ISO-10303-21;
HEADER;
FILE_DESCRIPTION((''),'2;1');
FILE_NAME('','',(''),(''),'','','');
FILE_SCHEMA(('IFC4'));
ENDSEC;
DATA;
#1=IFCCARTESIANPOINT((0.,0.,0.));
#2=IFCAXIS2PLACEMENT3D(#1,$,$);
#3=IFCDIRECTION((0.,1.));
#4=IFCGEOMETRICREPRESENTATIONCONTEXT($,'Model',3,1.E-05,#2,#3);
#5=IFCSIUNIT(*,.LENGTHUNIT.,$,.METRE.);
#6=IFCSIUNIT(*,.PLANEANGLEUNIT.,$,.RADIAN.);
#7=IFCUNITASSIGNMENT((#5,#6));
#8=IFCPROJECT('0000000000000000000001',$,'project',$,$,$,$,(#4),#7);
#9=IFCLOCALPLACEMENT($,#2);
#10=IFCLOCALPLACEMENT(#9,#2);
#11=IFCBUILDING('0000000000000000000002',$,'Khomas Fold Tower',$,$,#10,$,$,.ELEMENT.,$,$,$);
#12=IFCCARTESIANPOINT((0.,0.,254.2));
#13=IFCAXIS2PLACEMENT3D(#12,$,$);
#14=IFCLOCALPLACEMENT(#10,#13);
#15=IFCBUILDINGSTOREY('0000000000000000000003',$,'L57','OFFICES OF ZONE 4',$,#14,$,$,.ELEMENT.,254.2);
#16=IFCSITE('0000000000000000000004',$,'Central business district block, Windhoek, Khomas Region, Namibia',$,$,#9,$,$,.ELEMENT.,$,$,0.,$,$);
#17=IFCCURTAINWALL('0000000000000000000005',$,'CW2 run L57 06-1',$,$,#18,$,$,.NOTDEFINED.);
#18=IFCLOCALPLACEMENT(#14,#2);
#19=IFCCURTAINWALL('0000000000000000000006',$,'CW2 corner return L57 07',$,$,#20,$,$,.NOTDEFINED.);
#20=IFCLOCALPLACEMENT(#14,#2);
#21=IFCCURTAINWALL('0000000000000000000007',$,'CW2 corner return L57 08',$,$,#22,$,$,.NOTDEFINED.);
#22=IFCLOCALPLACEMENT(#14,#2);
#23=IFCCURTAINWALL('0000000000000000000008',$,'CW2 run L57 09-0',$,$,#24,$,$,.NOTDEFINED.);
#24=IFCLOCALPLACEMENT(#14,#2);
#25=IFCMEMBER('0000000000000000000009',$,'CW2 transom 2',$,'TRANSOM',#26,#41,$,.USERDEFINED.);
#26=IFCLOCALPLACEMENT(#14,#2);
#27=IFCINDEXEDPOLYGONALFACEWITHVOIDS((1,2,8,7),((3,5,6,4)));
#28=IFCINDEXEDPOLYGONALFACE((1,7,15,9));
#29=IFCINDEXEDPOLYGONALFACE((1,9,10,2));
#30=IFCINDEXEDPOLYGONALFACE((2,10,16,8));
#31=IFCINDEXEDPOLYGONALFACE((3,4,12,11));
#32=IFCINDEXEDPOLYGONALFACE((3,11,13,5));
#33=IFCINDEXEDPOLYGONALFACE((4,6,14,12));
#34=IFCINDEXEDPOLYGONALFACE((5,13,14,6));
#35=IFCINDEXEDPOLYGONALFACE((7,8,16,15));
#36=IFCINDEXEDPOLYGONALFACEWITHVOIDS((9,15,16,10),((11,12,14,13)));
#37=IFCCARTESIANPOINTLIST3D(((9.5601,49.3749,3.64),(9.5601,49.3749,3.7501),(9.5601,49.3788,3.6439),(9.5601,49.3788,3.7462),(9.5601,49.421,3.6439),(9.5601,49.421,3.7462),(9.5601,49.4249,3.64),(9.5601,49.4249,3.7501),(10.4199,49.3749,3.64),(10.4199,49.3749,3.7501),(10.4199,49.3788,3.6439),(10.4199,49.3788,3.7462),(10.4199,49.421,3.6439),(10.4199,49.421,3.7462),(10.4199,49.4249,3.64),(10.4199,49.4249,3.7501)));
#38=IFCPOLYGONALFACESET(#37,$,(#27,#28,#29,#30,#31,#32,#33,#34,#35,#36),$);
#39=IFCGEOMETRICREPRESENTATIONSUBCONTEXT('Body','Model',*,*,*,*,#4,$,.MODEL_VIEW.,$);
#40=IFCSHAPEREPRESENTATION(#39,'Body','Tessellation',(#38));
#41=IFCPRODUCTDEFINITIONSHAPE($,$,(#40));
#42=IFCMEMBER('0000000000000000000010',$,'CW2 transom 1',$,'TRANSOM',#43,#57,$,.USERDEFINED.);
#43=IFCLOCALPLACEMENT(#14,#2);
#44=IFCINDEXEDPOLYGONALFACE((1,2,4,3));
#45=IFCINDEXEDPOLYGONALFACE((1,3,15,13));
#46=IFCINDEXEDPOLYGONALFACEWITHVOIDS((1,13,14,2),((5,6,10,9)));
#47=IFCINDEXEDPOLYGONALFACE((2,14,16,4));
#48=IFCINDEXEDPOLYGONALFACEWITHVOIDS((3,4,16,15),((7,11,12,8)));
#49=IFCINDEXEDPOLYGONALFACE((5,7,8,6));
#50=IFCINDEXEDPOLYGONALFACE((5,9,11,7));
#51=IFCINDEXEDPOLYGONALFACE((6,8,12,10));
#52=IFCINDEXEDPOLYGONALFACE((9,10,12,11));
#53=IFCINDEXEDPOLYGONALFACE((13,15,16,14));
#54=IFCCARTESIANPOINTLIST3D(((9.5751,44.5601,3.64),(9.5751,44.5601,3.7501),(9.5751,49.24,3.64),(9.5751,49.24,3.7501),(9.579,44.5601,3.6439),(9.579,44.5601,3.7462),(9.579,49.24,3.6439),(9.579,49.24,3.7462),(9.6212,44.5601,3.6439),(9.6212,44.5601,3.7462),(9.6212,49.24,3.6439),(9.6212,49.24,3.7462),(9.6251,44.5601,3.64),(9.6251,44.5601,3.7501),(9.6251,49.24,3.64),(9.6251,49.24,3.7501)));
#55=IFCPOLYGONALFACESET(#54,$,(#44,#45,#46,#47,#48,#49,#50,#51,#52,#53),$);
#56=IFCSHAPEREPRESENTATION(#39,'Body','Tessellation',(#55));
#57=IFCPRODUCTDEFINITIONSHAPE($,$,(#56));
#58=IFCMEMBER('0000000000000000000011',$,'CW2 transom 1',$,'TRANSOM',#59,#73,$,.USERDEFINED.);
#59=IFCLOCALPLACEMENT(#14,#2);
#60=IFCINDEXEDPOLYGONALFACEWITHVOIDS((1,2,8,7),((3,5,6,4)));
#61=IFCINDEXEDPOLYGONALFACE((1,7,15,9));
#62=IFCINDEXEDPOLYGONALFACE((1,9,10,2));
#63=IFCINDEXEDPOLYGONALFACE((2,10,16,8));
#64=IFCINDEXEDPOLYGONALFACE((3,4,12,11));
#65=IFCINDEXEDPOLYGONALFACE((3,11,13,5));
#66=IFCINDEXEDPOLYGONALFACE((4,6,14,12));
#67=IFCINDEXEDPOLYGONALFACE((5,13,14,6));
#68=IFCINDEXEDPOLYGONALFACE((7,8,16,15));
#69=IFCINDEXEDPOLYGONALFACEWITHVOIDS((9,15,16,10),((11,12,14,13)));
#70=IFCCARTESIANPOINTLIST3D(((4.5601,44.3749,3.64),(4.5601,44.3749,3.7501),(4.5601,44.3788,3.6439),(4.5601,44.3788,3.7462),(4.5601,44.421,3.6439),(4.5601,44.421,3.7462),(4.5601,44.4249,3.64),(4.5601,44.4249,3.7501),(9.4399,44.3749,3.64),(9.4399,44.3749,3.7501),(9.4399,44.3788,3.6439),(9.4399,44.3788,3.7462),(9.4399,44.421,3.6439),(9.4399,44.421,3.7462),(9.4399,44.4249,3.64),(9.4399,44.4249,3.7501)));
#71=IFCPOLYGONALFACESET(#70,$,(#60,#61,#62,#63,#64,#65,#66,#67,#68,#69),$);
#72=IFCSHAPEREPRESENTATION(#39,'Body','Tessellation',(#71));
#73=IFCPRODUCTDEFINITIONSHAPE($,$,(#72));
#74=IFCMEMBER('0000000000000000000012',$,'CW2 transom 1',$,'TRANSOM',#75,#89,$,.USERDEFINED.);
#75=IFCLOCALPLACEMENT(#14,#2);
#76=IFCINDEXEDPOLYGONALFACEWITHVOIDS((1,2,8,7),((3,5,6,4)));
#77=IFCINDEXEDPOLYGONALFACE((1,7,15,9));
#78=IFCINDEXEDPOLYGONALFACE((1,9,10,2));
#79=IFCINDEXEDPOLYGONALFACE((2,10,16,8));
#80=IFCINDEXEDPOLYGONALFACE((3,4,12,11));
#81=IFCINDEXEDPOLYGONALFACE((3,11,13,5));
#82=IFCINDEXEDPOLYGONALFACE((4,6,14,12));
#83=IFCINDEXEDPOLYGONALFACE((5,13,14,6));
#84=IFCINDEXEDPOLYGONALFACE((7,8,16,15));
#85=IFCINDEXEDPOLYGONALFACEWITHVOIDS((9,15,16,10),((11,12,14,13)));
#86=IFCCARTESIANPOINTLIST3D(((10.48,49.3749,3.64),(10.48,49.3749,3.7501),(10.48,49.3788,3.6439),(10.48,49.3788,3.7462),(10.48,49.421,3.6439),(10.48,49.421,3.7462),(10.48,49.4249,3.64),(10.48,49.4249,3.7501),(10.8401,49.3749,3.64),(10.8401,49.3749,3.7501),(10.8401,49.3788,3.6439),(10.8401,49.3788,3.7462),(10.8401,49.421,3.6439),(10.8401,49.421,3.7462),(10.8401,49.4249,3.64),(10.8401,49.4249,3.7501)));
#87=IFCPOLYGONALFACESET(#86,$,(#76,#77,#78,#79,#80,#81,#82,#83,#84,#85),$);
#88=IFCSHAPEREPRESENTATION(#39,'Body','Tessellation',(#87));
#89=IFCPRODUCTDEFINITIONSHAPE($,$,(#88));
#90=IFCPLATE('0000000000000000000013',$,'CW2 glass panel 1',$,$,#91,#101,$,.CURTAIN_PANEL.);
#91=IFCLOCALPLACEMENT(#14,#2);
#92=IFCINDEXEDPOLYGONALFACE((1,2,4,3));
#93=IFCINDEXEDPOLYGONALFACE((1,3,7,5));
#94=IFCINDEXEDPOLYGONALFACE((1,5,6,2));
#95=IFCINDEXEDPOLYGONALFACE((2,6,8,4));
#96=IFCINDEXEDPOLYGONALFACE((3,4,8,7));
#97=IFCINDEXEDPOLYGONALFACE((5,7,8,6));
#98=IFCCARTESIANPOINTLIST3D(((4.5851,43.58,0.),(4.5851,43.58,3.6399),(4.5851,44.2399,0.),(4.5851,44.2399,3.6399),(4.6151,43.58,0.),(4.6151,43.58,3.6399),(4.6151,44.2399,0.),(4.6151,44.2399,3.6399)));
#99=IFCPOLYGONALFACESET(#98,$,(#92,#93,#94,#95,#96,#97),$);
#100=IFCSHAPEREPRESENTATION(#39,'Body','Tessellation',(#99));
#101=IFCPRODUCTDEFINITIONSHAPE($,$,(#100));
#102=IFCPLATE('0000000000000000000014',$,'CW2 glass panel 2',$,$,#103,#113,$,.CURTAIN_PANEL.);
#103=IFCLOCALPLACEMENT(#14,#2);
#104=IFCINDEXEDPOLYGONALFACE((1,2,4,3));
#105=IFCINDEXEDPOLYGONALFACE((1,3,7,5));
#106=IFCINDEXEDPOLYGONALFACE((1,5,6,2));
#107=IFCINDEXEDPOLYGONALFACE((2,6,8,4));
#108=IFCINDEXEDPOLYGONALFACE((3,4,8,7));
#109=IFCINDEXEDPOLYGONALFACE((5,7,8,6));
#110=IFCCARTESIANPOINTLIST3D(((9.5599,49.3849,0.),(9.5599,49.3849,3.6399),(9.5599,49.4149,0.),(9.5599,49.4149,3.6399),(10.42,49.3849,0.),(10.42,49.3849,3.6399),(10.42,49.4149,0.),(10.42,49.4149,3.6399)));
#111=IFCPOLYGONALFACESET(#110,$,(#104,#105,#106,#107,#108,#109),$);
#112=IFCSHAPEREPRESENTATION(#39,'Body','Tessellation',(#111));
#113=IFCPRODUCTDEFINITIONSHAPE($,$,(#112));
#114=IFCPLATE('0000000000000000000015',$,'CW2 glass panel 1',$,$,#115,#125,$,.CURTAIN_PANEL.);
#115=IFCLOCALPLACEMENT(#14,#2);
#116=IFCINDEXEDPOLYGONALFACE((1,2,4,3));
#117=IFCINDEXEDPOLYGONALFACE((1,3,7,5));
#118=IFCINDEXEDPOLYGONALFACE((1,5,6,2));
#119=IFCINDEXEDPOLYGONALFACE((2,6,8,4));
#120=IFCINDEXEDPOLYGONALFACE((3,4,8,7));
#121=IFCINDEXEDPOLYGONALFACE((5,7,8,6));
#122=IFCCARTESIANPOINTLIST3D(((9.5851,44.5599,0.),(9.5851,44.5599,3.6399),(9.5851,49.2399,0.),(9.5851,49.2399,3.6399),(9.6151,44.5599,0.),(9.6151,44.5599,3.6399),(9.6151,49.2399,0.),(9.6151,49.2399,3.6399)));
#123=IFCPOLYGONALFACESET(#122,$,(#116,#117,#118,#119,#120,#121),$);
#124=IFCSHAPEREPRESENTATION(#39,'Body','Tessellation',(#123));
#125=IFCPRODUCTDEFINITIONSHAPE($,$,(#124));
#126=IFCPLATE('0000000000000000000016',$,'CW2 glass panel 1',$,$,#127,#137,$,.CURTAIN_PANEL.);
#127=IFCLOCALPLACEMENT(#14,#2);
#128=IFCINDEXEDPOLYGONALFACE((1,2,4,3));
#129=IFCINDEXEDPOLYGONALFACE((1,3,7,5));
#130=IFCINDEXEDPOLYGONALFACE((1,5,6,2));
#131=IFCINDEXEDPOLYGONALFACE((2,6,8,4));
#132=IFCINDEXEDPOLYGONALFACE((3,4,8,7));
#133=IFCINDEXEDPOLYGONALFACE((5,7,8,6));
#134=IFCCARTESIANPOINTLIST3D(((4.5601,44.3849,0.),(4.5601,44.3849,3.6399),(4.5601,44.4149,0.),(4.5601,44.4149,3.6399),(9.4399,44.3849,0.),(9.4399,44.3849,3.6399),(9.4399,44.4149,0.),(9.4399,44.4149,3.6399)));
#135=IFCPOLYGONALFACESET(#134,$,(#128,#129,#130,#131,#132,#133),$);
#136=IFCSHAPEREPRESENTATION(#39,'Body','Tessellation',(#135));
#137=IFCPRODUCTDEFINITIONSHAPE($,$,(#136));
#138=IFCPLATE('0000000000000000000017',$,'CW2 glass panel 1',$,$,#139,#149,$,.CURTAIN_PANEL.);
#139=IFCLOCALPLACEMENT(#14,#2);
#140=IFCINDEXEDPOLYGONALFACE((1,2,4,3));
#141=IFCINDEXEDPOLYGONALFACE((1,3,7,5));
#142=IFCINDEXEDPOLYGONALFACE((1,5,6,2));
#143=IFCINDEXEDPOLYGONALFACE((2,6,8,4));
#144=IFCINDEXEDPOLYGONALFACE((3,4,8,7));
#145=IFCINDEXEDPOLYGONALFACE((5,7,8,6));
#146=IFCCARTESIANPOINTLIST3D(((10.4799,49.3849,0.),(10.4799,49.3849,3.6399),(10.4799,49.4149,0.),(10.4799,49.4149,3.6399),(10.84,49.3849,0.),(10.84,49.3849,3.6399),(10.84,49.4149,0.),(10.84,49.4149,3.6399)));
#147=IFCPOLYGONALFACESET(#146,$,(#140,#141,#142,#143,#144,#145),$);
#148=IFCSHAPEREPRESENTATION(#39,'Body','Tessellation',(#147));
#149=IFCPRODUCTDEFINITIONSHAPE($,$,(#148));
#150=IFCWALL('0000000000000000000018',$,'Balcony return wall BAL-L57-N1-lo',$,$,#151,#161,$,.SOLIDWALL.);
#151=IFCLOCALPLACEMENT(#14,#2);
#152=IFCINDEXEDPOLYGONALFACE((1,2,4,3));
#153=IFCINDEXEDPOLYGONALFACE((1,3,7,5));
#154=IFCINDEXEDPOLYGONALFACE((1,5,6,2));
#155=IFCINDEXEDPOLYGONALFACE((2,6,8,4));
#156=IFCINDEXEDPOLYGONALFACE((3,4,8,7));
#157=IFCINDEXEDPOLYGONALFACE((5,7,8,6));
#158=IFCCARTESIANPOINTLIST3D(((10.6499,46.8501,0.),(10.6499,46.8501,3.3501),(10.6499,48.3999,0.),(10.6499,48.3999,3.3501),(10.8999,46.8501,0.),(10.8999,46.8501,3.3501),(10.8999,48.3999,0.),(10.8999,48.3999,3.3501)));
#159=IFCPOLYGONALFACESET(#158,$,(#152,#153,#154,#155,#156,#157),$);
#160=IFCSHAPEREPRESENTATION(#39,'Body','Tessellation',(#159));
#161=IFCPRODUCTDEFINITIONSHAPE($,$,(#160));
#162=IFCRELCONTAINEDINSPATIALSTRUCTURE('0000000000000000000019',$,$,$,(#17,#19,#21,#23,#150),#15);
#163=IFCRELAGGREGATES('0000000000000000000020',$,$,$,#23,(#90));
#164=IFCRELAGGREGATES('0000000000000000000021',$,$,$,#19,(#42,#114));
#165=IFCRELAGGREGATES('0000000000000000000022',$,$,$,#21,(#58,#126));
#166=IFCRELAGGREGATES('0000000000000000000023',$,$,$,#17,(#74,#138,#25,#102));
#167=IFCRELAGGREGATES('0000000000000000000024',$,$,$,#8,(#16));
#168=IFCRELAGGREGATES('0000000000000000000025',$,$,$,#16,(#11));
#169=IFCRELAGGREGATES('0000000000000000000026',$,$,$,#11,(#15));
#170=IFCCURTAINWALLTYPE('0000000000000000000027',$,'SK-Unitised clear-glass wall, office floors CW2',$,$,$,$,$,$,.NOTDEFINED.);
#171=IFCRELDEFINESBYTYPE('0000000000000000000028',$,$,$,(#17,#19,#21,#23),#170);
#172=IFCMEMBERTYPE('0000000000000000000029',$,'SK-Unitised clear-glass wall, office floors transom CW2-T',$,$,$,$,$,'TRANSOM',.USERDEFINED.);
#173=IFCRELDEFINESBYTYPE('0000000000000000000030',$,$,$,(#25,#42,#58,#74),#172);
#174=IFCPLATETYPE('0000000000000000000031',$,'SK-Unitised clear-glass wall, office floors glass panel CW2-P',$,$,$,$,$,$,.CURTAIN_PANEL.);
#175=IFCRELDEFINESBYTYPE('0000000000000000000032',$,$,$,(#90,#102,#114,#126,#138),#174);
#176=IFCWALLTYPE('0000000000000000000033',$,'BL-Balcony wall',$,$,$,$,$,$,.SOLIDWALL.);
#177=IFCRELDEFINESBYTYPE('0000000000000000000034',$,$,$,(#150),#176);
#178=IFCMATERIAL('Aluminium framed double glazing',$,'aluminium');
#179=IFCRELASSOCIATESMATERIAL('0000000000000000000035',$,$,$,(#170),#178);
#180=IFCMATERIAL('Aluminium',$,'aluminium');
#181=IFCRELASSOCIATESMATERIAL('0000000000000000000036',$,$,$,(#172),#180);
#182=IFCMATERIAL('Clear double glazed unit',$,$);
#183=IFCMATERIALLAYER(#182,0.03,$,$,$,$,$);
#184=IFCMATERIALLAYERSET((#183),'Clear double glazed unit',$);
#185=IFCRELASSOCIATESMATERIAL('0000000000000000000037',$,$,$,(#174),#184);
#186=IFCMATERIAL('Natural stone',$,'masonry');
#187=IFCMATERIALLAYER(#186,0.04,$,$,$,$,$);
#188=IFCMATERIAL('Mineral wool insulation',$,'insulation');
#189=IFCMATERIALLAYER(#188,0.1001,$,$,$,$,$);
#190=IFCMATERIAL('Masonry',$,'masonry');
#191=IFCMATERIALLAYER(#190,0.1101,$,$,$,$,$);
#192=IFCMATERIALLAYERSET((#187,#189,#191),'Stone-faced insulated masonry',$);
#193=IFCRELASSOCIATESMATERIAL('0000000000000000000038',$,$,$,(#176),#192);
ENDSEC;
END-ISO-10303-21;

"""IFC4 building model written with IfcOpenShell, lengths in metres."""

from ifc_helpers import new_model, si_unit, direction, frame, frame_2d, origin, origin_2d, place, context, subcontext, project, spatial, rectangle, hollow_rectangle, extrude, source, transform, mapped, material, layer, layer_set, material_profile, profile_set, type_object, element, aggregate, save


model = new_model("IFC4")

# Units and contexts
model_context = context("Model", 3, precision=1e-05, world=origin(), true_north=direction((0.0, 1.0)))
body_context = subcontext(model_context, "Body", "Model", "MODEL_VIEW")
ifc_project = project(units=[si_unit("LENGTHUNIT", "METRE"), si_unit("PLANEANGLEUNIT", "RADIAN")], contexts=[model_context])

# Site, building, storey
site_placement = place(None, origin())
site = spatial("IfcSite", under=ifc_project, at=site_placement, Name="Central business district block, Windhoek, Khomas Region, Namibia", CompositionType="ELEMENT", RefElevation=0.0)
building_placement = place(site_placement, origin())
building = spatial("IfcBuilding", under=site, at=building_placement, Name="Khomas Fold Tower", CompositionType="ELEMENT")
storey_placement = place(building_placement, frame((0.0, 0.0, 254.2)))
storey = spatial("IfcBuildingStorey", under=building, at=storey_placement, Name="L57", Description="OFFICES OF ZONE 4", CompositionType="ELEMENT", Elevation=254.2)

# Curtain walls
ifc_material_1 = material(Name="Aluminium framed double glazing", Category="aluminium")
curtain_wall_type = type_object("IfcCurtainWallType", Name="SK-Unitised clear-glass wall, office floors CW2", PredefinedType="NOTDEFINED", material=ifc_material_1)
curtain_wall_1_placement = place(storey_placement, origin())
curtain_wall_1 = element("IfcCurtainWall", 1, at=curtain_wall_1_placement, inside=storey, type_object=curtain_wall_type, Name="CW2 run L57 06-1", PredefinedType="NOTDEFINED")
curtain_wall_2_placement = place(storey_placement, origin())
curtain_wall_2 = element("IfcCurtainWall", 2, at=curtain_wall_2_placement, inside=storey, type_object=curtain_wall_type, Name="CW2 corner return L57 07", PredefinedType="NOTDEFINED")
curtain_wall_3_placement = place(storey_placement, origin())
curtain_wall_3 = element("IfcCurtainWall", 3, at=curtain_wall_3_placement, inside=storey, type_object=curtain_wall_type, Name="CW2 corner return L57 08", PredefinedType="NOTDEFINED")

# Curtain wall
curtain_wall_4_placement = place(storey_placement, origin())
curtain_wall_4 = element("IfcCurtainWall", 4, at=curtain_wall_4_placement, inside=storey, type_object=curtain_wall_type, Name="CW2 run L57 09-0", PredefinedType="NOTDEFINED")
ifc_material_2 = material(Name="Aluminium", Category="aluminium")
ifc_material_profile_1 = material_profile(ifc_material_2, hollow_rectangle(XDim=0.05, YDim=0.1101, WallThickness=0.0039, at=origin_2d()), Name="SK-Unitised clear-glass wall, office floors transom CW2-T")
ifc_profile_set_1 = profile_set([ifc_material_profile_1], Name="Aluminium")
member_type_1 = type_object("IfcMemberType", Name="SK-Unitised clear-glass wall, office floors transom CW2-T", ElementType="TRANSOM", PredefinedType="USERDEFINED", material=ifc_profile_set_1)

# Members
shared_shape_1 = source(origin(), body_context, "Body", "SweptSolid", [
    extrude(hollow_rectangle(XDim=0.05, YDim=0.1101, WallThickness=0.0039, at=origin_2d()), origin(), (0.0, 0.0, 1.0), 0.8599),
])
member_1_placement = place(storey_placement, frame((10.4199, 49.3999, 3.6951), z_axis=(-1.0, 0.0, 0.0), x_axis=(0.0, -1.0, 0.0)))
member_1 = element("IfcMember", 5, at=member_1_placement, type_object=member_type_1, Name="CW2 transom 2", ObjectType="TRANSOM", PredefinedType="USERDEFINED", context=body_context, shape_type="MappedRepresentation", body=[
    mapped(shared_shape_1, transform((0.0, 0.0, 0.0))),
])
shared_shape_2 = source(origin(), body_context, "Body", "SweptSolid", [
    extrude(hollow_rectangle(XDim=0.05, YDim=0.1101, WallThickness=0.0039, at=origin_2d()), origin(), (0.0, 0.0, 1.0), 4.6799),
])
member_2_placement = place(storey_placement, frame((9.6001, 49.24, 3.6951), z_axis=(0.0, -1.0, 0.0), x_axis=(1.0, 0.0, 0.0)))
member_2 = element("IfcMember", 6, at=member_2_placement, type_object=member_type_1, Name="CW2 transom 1", ObjectType="TRANSOM", PredefinedType="USERDEFINED", context=body_context, shape_type="MappedRepresentation", body=[
    mapped(shared_shape_2, transform((0.0, 0.0, 0.0))),
])
shared_shape_3 = source(origin(), body_context, "Body", "SweptSolid", [
    extrude(hollow_rectangle(XDim=0.05, YDim=0.1101, WallThickness=0.0039, at=origin_2d()), origin(), (0.0, 0.0, 1.0), 4.8799),
])
member_3_placement = place(storey_placement, frame((9.4399, 44.3999, 3.6951), z_axis=(-1.0, 0.0, 0.0), x_axis=(0.0, -1.0, 0.0)))
member_3 = element("IfcMember", 7, at=member_3_placement, type_object=member_type_1, Name="CW2 transom 1", ObjectType="TRANSOM", PredefinedType="USERDEFINED", context=body_context, shape_type="MappedRepresentation", body=[
    mapped(shared_shape_3, transform((0.0, 0.0, 0.0))),
])
shared_shape_4 = source(origin(), body_context, "Body", "SweptSolid", [
    extrude(hollow_rectangle(XDim=0.05, YDim=0.1101, WallThickness=0.0039, at=origin_2d()), origin(), (0.0, 0.0, 1.0), 0.3601),
])
member_4_placement = place(storey_placement, frame((10.8401, 49.3999, 3.6951), z_axis=(-1.0, 0.0, 0.0), x_axis=(0.0, -1.0, 0.0)))
member_4 = element("IfcMember", 8, at=member_4_placement, type_object=member_type_1, Name="CW2 transom 1", ObjectType="TRANSOM", PredefinedType="USERDEFINED", context=body_context, shape_type="MappedRepresentation", body=[
    mapped(shared_shape_4, transform((0.0, 0.0, 0.0))),
])

# Plates
ifc_material_3 = material(Name="Clear double glazed unit")
ifc_layer_1 = layer(ifc_material_3, 0.03)
ifc_layer_set_1 = layer_set([ifc_layer_1], Name="Clear double glazed unit")
plate_type = type_object("IfcPlateType", Name="SK-Unitised clear-glass wall, office floors glass panel CW2-P", PredefinedType="CURTAIN_PANEL", material=ifc_layer_set_1)
shared_shape_5 = source(origin(), body_context, "Body", "SweptSolid", [
    extrude(rectangle(XDim=0.6599, YDim=0.03, at=origin_2d()), origin(), (0.0, 0.0, 1.0), 3.6399),
])
plate_1_placement = place(storey_placement, frame((4.6001, 43.9099, 0.0), z_axis=(0.0, 0.0, 1.0), x_axis=(0.0, -1.0, 0.0)))
plate_1 = element("IfcPlate", 9, at=plate_1_placement, type_object=plate_type, Name="CW2 glass panel 1", PredefinedType="CURTAIN_PANEL", context=body_context, shape_type="MappedRepresentation", body=[
    mapped(shared_shape_5, transform((0.0, 0.0, 0.0))),
])
aggregate(curtain_wall_4, [plate_1])
shared_shape_6 = source(origin(), body_context, "Body", "SweptSolid", [
    extrude(rectangle(XDim=0.8601, YDim=0.03, at=origin_2d()), origin(), (0.0, 0.0, 1.0), 3.6399),
])
plate_2_placement = place(storey_placement, frame((9.99, 49.3999, 0.0), z_axis=(0.0, 0.0, 1.0), x_axis=(-1.0, 0.0, 0.0)))
plate_2 = element("IfcPlate", 10, at=plate_2_placement, type_object=plate_type, Name="CW2 glass panel 2", PredefinedType="CURTAIN_PANEL", context=body_context, shape_type="MappedRepresentation", body=[
    mapped(shared_shape_6, transform((0.0, 0.0, 0.0))),
])
shared_shape_7 = source(origin(), body_context, "Body", "SweptSolid", [
    extrude(rectangle(XDim=4.6799, YDim=0.03, at=origin_2d()), origin(), (0.0, 0.0, 1.0), 3.6399),
])
plate_3_placement = place(storey_placement, frame((9.6001, 46.8999, 0.0), z_axis=(0.0, 0.0, 1.0), x_axis=(0.0, -1.0, 0.0)))
plate_3 = element("IfcPlate", 11, at=plate_3_placement, type_object=plate_type, Name="CW2 glass panel 1", PredefinedType="CURTAIN_PANEL", context=body_context, shape_type="MappedRepresentation", body=[
    mapped(shared_shape_7, transform((0.0, 0.0, 0.0))),
])
aggregate(curtain_wall_2, [member_2, plate_3])
shared_shape_8 = source(origin(), body_context, "Body", "SweptSolid", [
    extrude(rectangle(XDim=4.8799, YDim=0.03, at=origin_2d()), origin(), (0.0, 0.0, 1.0), 3.6399),
])
plate_4_placement = place(storey_placement, frame((7.0, 44.3999, 0.0), z_axis=(0.0, 0.0, 1.0), x_axis=(-1.0, 0.0, 0.0)))
plate_4 = element("IfcPlate", 12, at=plate_4_placement, type_object=plate_type, Name="CW2 glass panel 1", PredefinedType="CURTAIN_PANEL", context=body_context, shape_type="MappedRepresentation", body=[
    mapped(shared_shape_8, transform((0.0, 0.0, 0.0))),
])
aggregate(curtain_wall_3, [member_3, plate_4])
shared_shape_9 = source(origin(), body_context, "Body", "SweptSolid", [
    extrude(rectangle(XDim=0.3601, YDim=0.03, at=origin_2d()), origin(), (0.0, 0.0, 1.0), 3.6399),
])
plate_5_placement = place(storey_placement, frame((10.6599, 49.3999, 0.0), z_axis=(0.0, 0.0, 1.0), x_axis=(-1.0, 0.0, 0.0)))
plate_5 = element("IfcPlate", 13, at=plate_5_placement, type_object=plate_type, Name="CW2 glass panel 1", PredefinedType="CURTAIN_PANEL", context=body_context, shape_type="MappedRepresentation", body=[
    mapped(shared_shape_9, transform((0.0, 0.0, 0.0))),
])
aggregate(curtain_wall_1, [member_4, plate_5, member_1, plate_2])

# Wall
ifc_material_4 = material(Name="Natural stone", Category="masonry")
ifc_layer_2 = layer(ifc_material_4, 0.04)
ifc_material_5 = material(Name="Mineral wool insulation", Category="insulation")
ifc_layer_3 = layer(ifc_material_5, 0.1001)
ifc_material_6 = material(Name="Masonry", Category="masonry")
ifc_layer_4 = layer(ifc_material_6, 0.1101)
ifc_layer_set_2 = layer_set([ifc_layer_2, ifc_layer_3, ifc_layer_4], Name="Stone-faced insulated masonry")
wall_type = type_object("IfcWallType", Name="BL-Balcony wall", PredefinedType="SOLIDWALL", material=ifc_layer_set_2)
shared_shape_10 = source(origin(), body_context, "Body", "SweptSolid", [
    extrude(rectangle(XDim=1.5498, YDim=0.25, at=frame_2d((0.7749, 0.0))), origin(), (0.0, 0.0, 1.0), 3.3501),
])
wall_placement = place(storey_placement, frame((10.7749, 48.3999, 0.0), z_axis=(0.0, 0.0, 1.0), x_axis=(0.0, -1.0, 0.0)))
element("IfcWall", 14, at=wall_placement, inside=storey, type_object=wall_type, Name="Balcony return wall BAL-L57-N1-lo", PredefinedType="SOLIDWALL", context=body_context, shape_type="MappedRepresentation", body=[
    mapped(shared_shape_10, transform((0.0, 0.0, 0.0))),
])

save(model, "model.ifc")
